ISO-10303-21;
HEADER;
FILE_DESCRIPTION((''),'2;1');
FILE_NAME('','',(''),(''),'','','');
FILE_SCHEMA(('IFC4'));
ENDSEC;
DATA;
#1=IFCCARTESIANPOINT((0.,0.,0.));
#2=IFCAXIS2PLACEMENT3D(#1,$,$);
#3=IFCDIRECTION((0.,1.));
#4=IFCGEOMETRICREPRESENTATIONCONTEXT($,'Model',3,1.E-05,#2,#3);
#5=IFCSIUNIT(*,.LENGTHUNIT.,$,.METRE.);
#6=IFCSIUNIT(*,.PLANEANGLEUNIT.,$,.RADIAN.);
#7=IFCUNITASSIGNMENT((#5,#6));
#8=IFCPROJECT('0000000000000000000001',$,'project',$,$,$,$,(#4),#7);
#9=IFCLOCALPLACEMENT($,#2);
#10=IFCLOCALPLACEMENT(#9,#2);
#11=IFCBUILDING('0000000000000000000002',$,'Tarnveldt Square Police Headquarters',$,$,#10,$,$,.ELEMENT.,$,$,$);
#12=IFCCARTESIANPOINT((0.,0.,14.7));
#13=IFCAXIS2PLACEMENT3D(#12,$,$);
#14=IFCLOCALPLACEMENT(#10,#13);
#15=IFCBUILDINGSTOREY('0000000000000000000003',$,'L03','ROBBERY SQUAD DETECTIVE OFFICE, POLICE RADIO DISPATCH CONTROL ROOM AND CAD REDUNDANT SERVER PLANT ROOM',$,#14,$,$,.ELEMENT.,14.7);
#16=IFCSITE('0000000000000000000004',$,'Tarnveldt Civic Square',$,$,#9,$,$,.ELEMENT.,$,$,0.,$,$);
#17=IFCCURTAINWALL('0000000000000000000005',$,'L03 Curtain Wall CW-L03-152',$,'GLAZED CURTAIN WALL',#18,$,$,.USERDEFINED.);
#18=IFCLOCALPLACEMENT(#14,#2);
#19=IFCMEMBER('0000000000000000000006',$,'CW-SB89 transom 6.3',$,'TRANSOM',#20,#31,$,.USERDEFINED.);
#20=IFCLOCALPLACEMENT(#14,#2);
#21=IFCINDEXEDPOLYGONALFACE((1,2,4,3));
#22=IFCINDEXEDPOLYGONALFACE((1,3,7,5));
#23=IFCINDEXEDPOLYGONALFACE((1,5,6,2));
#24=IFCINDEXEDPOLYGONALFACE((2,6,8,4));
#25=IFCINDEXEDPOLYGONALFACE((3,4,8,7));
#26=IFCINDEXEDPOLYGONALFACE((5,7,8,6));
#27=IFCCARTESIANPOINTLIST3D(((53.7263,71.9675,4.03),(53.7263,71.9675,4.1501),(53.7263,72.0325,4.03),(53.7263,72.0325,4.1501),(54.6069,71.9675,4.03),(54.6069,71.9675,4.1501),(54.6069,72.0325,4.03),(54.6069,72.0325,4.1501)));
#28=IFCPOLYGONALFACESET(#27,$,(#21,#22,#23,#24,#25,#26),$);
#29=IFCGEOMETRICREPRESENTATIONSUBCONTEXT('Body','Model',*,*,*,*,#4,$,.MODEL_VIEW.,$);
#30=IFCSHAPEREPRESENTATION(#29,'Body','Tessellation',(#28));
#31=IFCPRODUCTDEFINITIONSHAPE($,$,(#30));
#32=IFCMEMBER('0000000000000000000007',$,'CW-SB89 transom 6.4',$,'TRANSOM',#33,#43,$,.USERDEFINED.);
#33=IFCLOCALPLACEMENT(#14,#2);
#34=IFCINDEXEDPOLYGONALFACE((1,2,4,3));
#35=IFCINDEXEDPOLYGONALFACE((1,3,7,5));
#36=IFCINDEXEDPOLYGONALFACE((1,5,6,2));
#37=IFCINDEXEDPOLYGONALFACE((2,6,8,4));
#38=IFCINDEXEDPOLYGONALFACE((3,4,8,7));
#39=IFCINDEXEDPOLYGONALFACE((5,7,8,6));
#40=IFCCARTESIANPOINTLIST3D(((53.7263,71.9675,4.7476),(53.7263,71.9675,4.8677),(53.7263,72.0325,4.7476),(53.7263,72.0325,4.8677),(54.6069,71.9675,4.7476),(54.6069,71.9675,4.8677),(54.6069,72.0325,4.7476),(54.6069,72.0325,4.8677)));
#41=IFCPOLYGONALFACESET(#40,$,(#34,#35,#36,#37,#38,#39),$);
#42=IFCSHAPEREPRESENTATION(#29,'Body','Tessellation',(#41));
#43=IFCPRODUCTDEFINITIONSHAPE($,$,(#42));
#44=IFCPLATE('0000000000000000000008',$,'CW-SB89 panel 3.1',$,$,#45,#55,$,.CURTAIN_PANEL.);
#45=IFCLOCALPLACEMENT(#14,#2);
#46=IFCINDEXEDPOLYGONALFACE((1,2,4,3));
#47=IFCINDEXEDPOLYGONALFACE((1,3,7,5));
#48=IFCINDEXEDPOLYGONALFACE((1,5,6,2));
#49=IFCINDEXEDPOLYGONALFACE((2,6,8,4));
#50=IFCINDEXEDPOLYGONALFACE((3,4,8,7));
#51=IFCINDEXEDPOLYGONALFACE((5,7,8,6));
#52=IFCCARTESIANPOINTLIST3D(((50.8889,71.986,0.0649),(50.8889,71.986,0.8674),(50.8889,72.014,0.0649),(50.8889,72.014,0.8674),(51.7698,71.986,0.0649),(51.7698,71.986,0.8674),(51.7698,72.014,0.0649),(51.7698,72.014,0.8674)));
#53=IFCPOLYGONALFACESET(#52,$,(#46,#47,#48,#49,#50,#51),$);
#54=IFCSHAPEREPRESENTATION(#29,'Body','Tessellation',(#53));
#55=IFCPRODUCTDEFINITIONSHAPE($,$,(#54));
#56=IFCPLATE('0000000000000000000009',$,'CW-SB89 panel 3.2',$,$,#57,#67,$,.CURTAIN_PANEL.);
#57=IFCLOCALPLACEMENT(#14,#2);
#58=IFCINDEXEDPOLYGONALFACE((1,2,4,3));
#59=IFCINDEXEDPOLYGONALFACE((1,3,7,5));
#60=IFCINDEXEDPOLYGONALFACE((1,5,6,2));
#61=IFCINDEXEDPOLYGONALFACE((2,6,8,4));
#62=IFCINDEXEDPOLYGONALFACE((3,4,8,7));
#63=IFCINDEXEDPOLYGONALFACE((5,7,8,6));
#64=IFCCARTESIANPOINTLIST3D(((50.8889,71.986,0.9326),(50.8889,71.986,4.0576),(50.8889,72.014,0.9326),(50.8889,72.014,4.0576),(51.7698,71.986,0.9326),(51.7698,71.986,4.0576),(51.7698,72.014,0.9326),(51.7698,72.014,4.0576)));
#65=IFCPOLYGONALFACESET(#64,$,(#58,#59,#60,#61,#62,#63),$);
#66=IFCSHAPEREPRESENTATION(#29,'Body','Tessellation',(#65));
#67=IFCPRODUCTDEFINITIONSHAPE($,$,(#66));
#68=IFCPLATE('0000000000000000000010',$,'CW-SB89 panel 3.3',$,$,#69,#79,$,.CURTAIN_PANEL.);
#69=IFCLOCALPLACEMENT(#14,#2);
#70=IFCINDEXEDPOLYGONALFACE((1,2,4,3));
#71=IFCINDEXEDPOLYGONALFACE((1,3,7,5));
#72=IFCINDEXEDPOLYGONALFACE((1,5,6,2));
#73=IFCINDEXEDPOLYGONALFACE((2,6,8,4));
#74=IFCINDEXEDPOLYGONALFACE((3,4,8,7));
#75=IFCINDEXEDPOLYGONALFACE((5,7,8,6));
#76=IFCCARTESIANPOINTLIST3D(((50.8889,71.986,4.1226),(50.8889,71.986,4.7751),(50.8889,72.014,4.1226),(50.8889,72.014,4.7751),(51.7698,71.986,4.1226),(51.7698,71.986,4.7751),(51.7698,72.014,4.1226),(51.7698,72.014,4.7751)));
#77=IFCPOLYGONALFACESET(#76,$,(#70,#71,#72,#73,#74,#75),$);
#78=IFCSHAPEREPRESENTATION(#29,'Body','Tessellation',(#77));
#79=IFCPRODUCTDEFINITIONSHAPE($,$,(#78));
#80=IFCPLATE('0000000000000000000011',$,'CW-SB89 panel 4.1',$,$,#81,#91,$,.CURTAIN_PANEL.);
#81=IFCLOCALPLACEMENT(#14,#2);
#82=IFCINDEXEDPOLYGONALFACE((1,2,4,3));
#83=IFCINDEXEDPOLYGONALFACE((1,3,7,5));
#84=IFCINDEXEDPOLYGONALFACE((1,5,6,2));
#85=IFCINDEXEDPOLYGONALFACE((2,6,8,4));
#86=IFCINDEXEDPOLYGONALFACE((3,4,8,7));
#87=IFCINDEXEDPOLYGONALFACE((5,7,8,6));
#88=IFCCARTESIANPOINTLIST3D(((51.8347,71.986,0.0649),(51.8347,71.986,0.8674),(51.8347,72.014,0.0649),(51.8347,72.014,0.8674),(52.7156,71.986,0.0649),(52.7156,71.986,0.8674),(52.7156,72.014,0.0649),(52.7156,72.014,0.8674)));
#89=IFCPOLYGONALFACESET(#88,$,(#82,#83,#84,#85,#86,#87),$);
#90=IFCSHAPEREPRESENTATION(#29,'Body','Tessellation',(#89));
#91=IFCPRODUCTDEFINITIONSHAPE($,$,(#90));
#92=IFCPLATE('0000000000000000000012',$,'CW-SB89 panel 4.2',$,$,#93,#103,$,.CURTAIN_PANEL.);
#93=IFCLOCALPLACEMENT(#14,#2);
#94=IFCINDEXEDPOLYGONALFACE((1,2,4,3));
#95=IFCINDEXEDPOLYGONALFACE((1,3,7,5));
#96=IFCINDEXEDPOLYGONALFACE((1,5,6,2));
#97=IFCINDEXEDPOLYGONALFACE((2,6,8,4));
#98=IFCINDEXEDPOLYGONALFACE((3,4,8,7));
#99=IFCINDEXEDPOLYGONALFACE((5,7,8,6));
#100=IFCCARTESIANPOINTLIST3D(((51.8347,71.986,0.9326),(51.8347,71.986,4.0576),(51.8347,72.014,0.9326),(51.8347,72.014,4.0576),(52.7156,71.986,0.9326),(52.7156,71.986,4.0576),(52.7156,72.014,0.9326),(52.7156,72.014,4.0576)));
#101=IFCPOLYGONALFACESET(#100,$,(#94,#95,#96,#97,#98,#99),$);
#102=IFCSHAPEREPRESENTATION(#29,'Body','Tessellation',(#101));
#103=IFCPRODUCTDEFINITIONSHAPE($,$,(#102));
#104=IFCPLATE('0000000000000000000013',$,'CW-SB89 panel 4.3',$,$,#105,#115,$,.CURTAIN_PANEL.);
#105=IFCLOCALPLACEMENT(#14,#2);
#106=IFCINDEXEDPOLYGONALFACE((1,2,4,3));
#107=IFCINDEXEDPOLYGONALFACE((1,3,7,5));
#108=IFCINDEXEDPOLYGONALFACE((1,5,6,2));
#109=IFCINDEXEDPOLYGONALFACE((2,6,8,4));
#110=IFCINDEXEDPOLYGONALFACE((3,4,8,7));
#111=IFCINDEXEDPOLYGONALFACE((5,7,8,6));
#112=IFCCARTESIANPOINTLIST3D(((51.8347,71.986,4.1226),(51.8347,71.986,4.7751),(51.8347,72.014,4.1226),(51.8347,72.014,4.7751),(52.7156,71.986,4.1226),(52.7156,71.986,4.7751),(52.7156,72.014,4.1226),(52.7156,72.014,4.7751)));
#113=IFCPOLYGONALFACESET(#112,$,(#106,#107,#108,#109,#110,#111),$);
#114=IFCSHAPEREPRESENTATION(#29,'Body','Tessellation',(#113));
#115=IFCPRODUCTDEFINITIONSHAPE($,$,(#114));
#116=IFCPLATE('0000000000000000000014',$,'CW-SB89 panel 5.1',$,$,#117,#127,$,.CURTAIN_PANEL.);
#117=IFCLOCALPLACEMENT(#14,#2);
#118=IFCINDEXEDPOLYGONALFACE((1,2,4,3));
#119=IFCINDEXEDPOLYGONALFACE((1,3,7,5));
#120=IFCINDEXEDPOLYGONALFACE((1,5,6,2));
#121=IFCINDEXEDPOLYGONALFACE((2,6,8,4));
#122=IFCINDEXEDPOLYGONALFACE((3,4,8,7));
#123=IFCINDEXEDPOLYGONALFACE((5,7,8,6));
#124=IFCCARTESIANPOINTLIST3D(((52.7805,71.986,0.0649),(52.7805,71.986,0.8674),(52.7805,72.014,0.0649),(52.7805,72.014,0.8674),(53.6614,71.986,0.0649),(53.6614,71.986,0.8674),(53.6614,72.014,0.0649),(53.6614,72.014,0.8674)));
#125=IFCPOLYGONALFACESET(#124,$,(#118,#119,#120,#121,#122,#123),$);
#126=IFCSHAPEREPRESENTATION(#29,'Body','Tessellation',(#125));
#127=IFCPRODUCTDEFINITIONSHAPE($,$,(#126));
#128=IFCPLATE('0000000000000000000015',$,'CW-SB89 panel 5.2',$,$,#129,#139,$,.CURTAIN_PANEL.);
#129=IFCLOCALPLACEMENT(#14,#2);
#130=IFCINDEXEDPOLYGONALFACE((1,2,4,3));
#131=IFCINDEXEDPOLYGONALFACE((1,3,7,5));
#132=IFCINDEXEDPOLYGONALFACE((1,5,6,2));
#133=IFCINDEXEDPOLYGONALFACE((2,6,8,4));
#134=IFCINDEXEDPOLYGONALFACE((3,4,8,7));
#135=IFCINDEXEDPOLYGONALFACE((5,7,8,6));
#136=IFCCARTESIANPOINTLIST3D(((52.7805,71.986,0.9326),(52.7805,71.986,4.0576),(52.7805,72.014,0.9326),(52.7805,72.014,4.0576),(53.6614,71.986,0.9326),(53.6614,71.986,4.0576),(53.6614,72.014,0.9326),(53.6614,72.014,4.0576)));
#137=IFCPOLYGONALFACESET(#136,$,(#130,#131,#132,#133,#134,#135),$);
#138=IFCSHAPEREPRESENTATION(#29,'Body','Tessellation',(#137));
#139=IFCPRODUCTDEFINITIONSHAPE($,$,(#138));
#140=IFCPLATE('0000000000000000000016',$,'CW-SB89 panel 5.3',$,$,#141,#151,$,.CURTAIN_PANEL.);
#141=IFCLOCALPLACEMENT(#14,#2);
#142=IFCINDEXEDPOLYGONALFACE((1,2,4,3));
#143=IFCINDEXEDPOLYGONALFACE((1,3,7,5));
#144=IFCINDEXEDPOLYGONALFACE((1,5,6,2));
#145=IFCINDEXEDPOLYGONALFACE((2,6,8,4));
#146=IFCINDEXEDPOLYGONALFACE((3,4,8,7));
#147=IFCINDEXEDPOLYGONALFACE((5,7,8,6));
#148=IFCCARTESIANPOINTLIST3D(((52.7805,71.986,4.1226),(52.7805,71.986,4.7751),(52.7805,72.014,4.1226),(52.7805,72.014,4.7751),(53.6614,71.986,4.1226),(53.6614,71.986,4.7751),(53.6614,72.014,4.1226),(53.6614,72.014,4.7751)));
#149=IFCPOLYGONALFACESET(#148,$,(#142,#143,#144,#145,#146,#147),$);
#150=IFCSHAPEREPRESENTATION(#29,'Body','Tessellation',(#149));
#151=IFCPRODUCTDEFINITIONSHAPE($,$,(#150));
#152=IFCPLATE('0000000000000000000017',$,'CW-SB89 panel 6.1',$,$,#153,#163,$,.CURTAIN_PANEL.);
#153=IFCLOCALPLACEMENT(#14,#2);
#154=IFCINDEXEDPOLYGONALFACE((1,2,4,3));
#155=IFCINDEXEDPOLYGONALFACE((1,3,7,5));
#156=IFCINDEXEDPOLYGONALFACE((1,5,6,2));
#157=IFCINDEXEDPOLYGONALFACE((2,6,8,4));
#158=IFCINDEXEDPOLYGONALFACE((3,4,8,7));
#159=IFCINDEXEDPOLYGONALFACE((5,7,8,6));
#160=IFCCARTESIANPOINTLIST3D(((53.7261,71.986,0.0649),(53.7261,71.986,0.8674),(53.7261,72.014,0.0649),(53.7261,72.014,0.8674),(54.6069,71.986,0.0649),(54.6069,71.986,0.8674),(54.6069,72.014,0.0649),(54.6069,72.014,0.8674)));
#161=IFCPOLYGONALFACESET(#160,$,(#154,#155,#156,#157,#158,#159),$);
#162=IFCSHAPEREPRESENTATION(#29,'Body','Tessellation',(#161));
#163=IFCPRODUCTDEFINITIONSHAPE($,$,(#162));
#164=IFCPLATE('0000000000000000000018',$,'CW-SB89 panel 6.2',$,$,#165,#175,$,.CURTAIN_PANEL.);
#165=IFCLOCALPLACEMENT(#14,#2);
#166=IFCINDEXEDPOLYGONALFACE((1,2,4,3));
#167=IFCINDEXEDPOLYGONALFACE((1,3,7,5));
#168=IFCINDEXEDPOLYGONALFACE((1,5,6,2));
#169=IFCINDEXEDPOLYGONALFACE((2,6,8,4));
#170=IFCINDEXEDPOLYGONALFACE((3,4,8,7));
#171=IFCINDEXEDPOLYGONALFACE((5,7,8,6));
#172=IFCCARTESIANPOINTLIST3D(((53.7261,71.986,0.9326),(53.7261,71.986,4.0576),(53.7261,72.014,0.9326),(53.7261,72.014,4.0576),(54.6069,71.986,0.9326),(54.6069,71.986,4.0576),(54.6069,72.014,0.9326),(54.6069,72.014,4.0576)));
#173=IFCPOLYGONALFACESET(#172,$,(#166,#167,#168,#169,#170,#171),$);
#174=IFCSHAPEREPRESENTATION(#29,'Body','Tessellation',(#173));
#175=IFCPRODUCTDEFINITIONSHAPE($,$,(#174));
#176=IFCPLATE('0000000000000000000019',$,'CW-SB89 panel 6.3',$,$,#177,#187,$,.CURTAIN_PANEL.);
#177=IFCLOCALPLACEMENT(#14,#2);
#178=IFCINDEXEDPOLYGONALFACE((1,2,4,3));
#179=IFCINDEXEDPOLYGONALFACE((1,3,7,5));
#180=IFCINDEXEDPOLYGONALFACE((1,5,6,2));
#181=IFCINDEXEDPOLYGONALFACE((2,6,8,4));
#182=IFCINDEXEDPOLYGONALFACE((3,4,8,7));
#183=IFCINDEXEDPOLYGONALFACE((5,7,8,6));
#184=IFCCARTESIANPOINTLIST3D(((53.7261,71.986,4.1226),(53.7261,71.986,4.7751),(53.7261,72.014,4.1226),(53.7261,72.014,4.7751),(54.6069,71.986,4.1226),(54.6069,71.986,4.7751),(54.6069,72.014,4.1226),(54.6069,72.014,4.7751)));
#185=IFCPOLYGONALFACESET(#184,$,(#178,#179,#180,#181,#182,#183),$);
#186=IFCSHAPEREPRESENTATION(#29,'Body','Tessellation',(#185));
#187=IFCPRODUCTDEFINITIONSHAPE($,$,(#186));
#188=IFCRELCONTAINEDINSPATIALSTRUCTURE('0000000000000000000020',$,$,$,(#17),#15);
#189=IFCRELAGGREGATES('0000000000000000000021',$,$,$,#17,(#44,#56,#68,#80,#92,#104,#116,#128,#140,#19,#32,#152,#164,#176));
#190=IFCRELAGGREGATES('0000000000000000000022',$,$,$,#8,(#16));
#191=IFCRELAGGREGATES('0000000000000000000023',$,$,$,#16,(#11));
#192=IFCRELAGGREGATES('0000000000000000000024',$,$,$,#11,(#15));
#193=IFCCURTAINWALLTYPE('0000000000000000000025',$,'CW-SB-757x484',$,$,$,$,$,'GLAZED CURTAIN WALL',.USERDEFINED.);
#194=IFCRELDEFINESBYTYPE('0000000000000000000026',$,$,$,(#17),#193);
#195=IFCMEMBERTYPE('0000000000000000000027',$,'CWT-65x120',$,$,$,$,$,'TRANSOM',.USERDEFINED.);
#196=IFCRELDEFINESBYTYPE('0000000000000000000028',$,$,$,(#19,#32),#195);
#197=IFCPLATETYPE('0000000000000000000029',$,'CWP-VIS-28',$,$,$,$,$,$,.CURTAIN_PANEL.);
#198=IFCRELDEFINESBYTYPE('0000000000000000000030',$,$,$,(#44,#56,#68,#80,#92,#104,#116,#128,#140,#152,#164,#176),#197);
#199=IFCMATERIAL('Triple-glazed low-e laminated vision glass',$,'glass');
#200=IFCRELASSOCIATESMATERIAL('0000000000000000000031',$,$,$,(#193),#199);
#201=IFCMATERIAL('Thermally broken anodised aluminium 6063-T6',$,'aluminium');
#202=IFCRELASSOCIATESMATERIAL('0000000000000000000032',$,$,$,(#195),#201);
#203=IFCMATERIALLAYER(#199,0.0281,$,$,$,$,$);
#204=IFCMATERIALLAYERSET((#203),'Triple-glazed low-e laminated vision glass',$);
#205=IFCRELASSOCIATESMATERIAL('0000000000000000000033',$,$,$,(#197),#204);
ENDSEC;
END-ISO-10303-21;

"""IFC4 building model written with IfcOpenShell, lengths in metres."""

from ifc_helpers import new_model, si_unit, direction, frame, origin, origin_2d, place, context, subcontext, project, spatial, rectangle, extrude, material, layer, layer_set, material_profile, profile_set, type_object, element, aggregate, save


model = new_model("IFC4")

# Units and contexts
model_context = context("Model", 3, precision=1e-05, world=origin(), true_north=direction((0.0, 1.0)))
body_context = subcontext(model_context, "Body", "Model", "MODEL_VIEW")
ifc_project = project(units=[si_unit("LENGTHUNIT", "METRE"), si_unit("PLANEANGLEUNIT", "RADIAN")], contexts=[model_context])

# Site, building, storey
site_placement = place(None, origin())
site = spatial("IfcSite", under=ifc_project, at=site_placement, Name="Tarnveldt Civic Square", CompositionType="ELEMENT", RefElevation=0.0)
building_placement = place(site_placement, origin())
building = spatial("IfcBuilding", under=site, at=building_placement, Name="Tarnveldt Square Police Headquarters", CompositionType="ELEMENT")
storey_placement = place(building_placement, frame((0.0, 0.0, 14.7)))
storey = spatial("IfcBuildingStorey", under=building, at=storey_placement, Name="L03", Description="ROBBERY SQUAD DETECTIVE OFFICE, POLICE RADIO DISPATCH CONTROL ROOM AND CAD REDUNDANT SERVER PLANT ROOM", CompositionType="ELEMENT", Elevation=14.7)

# Curtain wall, members, plates
ifc_material_1 = material(Name="Triple-glazed low-e laminated vision glass", Category="glass")
curtain_wall_type = type_object("IfcCurtainWallType", Name="CW-SB-757x484", ElementType="GLAZED CURTAIN WALL", PredefinedType="USERDEFINED", material=ifc_material_1)
curtain_wall_placement = place(storey_placement, origin())
curtain_wall = element("IfcCurtainWall", 1, at=curtain_wall_placement, inside=storey, type_object=curtain_wall_type, Name="L03 Curtain Wall CW-L03-152", ObjectType="GLAZED CURTAIN WALL", PredefinedType="USERDEFINED")
ifc_material_2 = material(Name="Thermally broken anodised aluminium 6063-T6", Category="aluminium")
ifc_material_profile_1 = material_profile(ifc_material_2, rectangle(XDim=0.0649, YDim=0.1201, at=origin_2d()), Name="CW-T65x120")
ifc_profile_set_1 = profile_set([ifc_material_profile_1], Name="Thermally broken anodised aluminium 6063-T6")
member_type_1 = type_object("IfcMemberType", Name="CWT-65x120", ElementType="TRANSOM", PredefinedType="USERDEFINED", material=ifc_profile_set_1)
member_1_placement = place(storey_placement, frame((53.7263, 72.0, 4.0901), z_axis=(1.0, 0.0, 0.0), x_axis=(0.0, 1.0, 0.0)))
member_1 = element("IfcMember", 2, at=member_1_placement, type_object=member_type_1, Name="CW-SB89 transom 6.3", ObjectType="TRANSOM", PredefinedType="USERDEFINED", context=body_context, shape_type="SweptSolid", body=[
    extrude(rectangle(XDim=0.0649, YDim=0.1201, at=origin_2d()), origin(), (0.0, 0.0, 1.0), 0.8806),
])
member_2_placement = place(storey_placement, frame((53.7263, 72.0, 4.8076), z_axis=(1.0, 0.0, 0.0), x_axis=(0.0, 1.0, 0.0)))
member_2 = element("IfcMember", 3, at=member_2_placement, type_object=member_type_1, Name="CW-SB89 transom 6.4", ObjectType="TRANSOM", PredefinedType="USERDEFINED", context=body_context, shape_type="SweptSolid", body=[
    extrude(rectangle(XDim=0.0649, YDim=0.1201, at=origin_2d()), origin(), (0.0, 0.0, 1.0), 0.8806),
])
ifc_layer = layer(ifc_material_1, 0.0281)
ifc_layer_set = layer_set([ifc_layer], Name="Triple-glazed low-e laminated vision glass")
plate_type = type_object("IfcPlateType", Name="CWP-VIS-28", PredefinedType="CURTAIN_PANEL", material=ifc_layer_set)
plate_1_placement = place(storey_placement, frame((51.3293, 72.0, 0.0649), z_axis=(0.0, 0.0, 1.0), x_axis=(1.0, 0.0, 0.0)))
plate_1 = element("IfcPlate", 4, at=plate_1_placement, type_object=plate_type, Name="CW-SB89 panel 3.1", PredefinedType="CURTAIN_PANEL", context=body_context, shape_type="SweptSolid", body=[
    extrude(rectangle(XDim=0.8809, YDim=0.0281, at=origin_2d()), origin(), (0.0, 0.0, 1.0), 0.8025),
])
plate_2_placement = place(storey_placement, frame((51.3293, 72.0, 0.9326), z_axis=(0.0, 0.0, 1.0), x_axis=(1.0, 0.0, 0.0)))
plate_2 = element("IfcPlate", 5, at=plate_2_placement, type_object=plate_type, Name="CW-SB89 panel 3.2", PredefinedType="CURTAIN_PANEL", context=body_context, shape_type="SweptSolid", body=[
    extrude(rectangle(XDim=0.8809, YDim=0.0281, at=origin_2d()), origin(), (0.0, 0.0, 1.0), 3.125),
])
plate_3_placement = place(storey_placement, frame((51.3293, 72.0, 4.1226), z_axis=(0.0, 0.0, 1.0), x_axis=(1.0, 0.0, 0.0)))
plate_3 = element("IfcPlate", 6, at=plate_3_placement, type_object=plate_type, Name="CW-SB89 panel 3.3", PredefinedType="CURTAIN_PANEL", context=body_context, shape_type="SweptSolid", body=[
    extrude(rectangle(XDim=0.8809, YDim=0.0281, at=origin_2d()), origin(), (0.0, 0.0, 1.0), 0.6526),
])
plate_4_placement = place(storey_placement, frame((52.2751, 72.0, 0.0649), z_axis=(0.0, 0.0, 1.0), x_axis=(1.0, 0.0, 0.0)))
plate_4 = element("IfcPlate", 7, at=plate_4_placement, type_object=plate_type, Name="CW-SB89 panel 4.1", PredefinedType="CURTAIN_PANEL", context=body_context, shape_type="SweptSolid", body=[
    extrude(rectangle(XDim=0.8809, YDim=0.0281, at=origin_2d()), origin(), (0.0, 0.0, 1.0), 0.8025),
])
plate_5_placement = place(storey_placement, frame((52.2751, 72.0, 0.9326), z_axis=(0.0, 0.0, 1.0), x_axis=(1.0, 0.0, 0.0)))
plate_5 = element("IfcPlate", 8, at=plate_5_placement, type_object=plate_type, Name="CW-SB89 panel 4.2", PredefinedType="CURTAIN_PANEL", context=body_context, shape_type="SweptSolid", body=[
    extrude(rectangle(XDim=0.8809, YDim=0.0281, at=origin_2d()), origin(), (0.0, 0.0, 1.0), 3.125),
])
plate_6_placement = place(storey_placement, frame((52.2751, 72.0, 4.1226), z_axis=(0.0, 0.0, 1.0), x_axis=(1.0, 0.0, 0.0)))
plate_6 = element("IfcPlate", 9, at=plate_6_placement, type_object=plate_type, Name="CW-SB89 panel 4.3", PredefinedType="CURTAIN_PANEL", context=body_context, shape_type="SweptSolid", body=[
    extrude(rectangle(XDim=0.8809, YDim=0.0281, at=origin_2d()), origin(), (0.0, 0.0, 1.0), 0.6526),
])
plate_7_placement = place(storey_placement, frame((53.2209, 72.0, 0.0649), z_axis=(0.0, 0.0, 1.0), x_axis=(1.0, 0.0, 0.0)))
plate_7 = element("IfcPlate", 10, at=plate_7_placement, type_object=plate_type, Name="CW-SB89 panel 5.1", PredefinedType="CURTAIN_PANEL", context=body_context, shape_type="SweptSolid", body=[
    extrude(rectangle(XDim=0.8809, YDim=0.0281, at=origin_2d()), origin(), (0.0, 0.0, 1.0), 0.8025),
])
plate_8_placement = place(storey_placement, frame((53.2209, 72.0, 0.9326), z_axis=(0.0, 0.0, 1.0), x_axis=(1.0, 0.0, 0.0)))
plate_8 = element("IfcPlate", 11, at=plate_8_placement, type_object=plate_type, Name="CW-SB89 panel 5.2", PredefinedType="CURTAIN_PANEL", context=body_context, shape_type="SweptSolid", body=[
    extrude(rectangle(XDim=0.8809, YDim=0.0281, at=origin_2d()), origin(), (0.0, 0.0, 1.0), 3.125),
])
plate_9_placement = place(storey_placement, frame((53.2209, 72.0, 4.1226), z_axis=(0.0, 0.0, 1.0), x_axis=(1.0, 0.0, 0.0)))
plate_9 = element("IfcPlate", 12, at=plate_9_placement, type_object=plate_type, Name="CW-SB89 panel 5.3", PredefinedType="CURTAIN_PANEL", context=body_context, shape_type="SweptSolid", body=[
    extrude(rectangle(XDim=0.8809, YDim=0.0281, at=origin_2d()), origin(), (0.0, 0.0, 1.0), 0.6526),
])
plate_10_placement = place(storey_placement, frame((54.1665, 72.0, 0.0649), z_axis=(0.0, 0.0, 1.0), x_axis=(1.0, 0.0, 0.0)))
plate_10 = element("IfcPlate", 13, at=plate_10_placement, type_object=plate_type, Name="CW-SB89 panel 6.1", PredefinedType="CURTAIN_PANEL", context=body_context, shape_type="SweptSolid", body=[
    extrude(rectangle(XDim=0.8809, YDim=0.0281, at=origin_2d()), origin(), (0.0, 0.0, 1.0), 0.8025),
])
plate_11_placement = place(storey_placement, frame((54.1665, 72.0, 0.9326), z_axis=(0.0, 0.0, 1.0), x_axis=(1.0, 0.0, 0.0)))
plate_11 = element("IfcPlate", 14, at=plate_11_placement, type_object=plate_type, Name="CW-SB89 panel 6.2", PredefinedType="CURTAIN_PANEL", context=body_context, shape_type="SweptSolid", body=[
    extrude(rectangle(XDim=0.8809, YDim=0.0281, at=origin_2d()), origin(), (0.0, 0.0, 1.0), 3.125),
])
plate_12_placement = place(storey_placement, frame((54.1665, 72.0, 4.1226), z_axis=(0.0, 0.0, 1.0), x_axis=(1.0, 0.0, 0.0)))
plate_12 = element("IfcPlate", 15, at=plate_12_placement, type_object=plate_type, Name="CW-SB89 panel 6.3", PredefinedType="CURTAIN_PANEL", context=body_context, shape_type="SweptSolid", body=[
    extrude(rectangle(XDim=0.8809, YDim=0.0281, at=origin_2d()), origin(), (0.0, 0.0, 1.0), 0.6526),
])
aggregate(curtain_wall, [plate_1, plate_2, plate_3, plate_4, plate_5, plate_6, plate_7, plate_8, plate_9, member_1, member_2, plate_10, plate_11, plate_12])

save(model, "model.ifc")
